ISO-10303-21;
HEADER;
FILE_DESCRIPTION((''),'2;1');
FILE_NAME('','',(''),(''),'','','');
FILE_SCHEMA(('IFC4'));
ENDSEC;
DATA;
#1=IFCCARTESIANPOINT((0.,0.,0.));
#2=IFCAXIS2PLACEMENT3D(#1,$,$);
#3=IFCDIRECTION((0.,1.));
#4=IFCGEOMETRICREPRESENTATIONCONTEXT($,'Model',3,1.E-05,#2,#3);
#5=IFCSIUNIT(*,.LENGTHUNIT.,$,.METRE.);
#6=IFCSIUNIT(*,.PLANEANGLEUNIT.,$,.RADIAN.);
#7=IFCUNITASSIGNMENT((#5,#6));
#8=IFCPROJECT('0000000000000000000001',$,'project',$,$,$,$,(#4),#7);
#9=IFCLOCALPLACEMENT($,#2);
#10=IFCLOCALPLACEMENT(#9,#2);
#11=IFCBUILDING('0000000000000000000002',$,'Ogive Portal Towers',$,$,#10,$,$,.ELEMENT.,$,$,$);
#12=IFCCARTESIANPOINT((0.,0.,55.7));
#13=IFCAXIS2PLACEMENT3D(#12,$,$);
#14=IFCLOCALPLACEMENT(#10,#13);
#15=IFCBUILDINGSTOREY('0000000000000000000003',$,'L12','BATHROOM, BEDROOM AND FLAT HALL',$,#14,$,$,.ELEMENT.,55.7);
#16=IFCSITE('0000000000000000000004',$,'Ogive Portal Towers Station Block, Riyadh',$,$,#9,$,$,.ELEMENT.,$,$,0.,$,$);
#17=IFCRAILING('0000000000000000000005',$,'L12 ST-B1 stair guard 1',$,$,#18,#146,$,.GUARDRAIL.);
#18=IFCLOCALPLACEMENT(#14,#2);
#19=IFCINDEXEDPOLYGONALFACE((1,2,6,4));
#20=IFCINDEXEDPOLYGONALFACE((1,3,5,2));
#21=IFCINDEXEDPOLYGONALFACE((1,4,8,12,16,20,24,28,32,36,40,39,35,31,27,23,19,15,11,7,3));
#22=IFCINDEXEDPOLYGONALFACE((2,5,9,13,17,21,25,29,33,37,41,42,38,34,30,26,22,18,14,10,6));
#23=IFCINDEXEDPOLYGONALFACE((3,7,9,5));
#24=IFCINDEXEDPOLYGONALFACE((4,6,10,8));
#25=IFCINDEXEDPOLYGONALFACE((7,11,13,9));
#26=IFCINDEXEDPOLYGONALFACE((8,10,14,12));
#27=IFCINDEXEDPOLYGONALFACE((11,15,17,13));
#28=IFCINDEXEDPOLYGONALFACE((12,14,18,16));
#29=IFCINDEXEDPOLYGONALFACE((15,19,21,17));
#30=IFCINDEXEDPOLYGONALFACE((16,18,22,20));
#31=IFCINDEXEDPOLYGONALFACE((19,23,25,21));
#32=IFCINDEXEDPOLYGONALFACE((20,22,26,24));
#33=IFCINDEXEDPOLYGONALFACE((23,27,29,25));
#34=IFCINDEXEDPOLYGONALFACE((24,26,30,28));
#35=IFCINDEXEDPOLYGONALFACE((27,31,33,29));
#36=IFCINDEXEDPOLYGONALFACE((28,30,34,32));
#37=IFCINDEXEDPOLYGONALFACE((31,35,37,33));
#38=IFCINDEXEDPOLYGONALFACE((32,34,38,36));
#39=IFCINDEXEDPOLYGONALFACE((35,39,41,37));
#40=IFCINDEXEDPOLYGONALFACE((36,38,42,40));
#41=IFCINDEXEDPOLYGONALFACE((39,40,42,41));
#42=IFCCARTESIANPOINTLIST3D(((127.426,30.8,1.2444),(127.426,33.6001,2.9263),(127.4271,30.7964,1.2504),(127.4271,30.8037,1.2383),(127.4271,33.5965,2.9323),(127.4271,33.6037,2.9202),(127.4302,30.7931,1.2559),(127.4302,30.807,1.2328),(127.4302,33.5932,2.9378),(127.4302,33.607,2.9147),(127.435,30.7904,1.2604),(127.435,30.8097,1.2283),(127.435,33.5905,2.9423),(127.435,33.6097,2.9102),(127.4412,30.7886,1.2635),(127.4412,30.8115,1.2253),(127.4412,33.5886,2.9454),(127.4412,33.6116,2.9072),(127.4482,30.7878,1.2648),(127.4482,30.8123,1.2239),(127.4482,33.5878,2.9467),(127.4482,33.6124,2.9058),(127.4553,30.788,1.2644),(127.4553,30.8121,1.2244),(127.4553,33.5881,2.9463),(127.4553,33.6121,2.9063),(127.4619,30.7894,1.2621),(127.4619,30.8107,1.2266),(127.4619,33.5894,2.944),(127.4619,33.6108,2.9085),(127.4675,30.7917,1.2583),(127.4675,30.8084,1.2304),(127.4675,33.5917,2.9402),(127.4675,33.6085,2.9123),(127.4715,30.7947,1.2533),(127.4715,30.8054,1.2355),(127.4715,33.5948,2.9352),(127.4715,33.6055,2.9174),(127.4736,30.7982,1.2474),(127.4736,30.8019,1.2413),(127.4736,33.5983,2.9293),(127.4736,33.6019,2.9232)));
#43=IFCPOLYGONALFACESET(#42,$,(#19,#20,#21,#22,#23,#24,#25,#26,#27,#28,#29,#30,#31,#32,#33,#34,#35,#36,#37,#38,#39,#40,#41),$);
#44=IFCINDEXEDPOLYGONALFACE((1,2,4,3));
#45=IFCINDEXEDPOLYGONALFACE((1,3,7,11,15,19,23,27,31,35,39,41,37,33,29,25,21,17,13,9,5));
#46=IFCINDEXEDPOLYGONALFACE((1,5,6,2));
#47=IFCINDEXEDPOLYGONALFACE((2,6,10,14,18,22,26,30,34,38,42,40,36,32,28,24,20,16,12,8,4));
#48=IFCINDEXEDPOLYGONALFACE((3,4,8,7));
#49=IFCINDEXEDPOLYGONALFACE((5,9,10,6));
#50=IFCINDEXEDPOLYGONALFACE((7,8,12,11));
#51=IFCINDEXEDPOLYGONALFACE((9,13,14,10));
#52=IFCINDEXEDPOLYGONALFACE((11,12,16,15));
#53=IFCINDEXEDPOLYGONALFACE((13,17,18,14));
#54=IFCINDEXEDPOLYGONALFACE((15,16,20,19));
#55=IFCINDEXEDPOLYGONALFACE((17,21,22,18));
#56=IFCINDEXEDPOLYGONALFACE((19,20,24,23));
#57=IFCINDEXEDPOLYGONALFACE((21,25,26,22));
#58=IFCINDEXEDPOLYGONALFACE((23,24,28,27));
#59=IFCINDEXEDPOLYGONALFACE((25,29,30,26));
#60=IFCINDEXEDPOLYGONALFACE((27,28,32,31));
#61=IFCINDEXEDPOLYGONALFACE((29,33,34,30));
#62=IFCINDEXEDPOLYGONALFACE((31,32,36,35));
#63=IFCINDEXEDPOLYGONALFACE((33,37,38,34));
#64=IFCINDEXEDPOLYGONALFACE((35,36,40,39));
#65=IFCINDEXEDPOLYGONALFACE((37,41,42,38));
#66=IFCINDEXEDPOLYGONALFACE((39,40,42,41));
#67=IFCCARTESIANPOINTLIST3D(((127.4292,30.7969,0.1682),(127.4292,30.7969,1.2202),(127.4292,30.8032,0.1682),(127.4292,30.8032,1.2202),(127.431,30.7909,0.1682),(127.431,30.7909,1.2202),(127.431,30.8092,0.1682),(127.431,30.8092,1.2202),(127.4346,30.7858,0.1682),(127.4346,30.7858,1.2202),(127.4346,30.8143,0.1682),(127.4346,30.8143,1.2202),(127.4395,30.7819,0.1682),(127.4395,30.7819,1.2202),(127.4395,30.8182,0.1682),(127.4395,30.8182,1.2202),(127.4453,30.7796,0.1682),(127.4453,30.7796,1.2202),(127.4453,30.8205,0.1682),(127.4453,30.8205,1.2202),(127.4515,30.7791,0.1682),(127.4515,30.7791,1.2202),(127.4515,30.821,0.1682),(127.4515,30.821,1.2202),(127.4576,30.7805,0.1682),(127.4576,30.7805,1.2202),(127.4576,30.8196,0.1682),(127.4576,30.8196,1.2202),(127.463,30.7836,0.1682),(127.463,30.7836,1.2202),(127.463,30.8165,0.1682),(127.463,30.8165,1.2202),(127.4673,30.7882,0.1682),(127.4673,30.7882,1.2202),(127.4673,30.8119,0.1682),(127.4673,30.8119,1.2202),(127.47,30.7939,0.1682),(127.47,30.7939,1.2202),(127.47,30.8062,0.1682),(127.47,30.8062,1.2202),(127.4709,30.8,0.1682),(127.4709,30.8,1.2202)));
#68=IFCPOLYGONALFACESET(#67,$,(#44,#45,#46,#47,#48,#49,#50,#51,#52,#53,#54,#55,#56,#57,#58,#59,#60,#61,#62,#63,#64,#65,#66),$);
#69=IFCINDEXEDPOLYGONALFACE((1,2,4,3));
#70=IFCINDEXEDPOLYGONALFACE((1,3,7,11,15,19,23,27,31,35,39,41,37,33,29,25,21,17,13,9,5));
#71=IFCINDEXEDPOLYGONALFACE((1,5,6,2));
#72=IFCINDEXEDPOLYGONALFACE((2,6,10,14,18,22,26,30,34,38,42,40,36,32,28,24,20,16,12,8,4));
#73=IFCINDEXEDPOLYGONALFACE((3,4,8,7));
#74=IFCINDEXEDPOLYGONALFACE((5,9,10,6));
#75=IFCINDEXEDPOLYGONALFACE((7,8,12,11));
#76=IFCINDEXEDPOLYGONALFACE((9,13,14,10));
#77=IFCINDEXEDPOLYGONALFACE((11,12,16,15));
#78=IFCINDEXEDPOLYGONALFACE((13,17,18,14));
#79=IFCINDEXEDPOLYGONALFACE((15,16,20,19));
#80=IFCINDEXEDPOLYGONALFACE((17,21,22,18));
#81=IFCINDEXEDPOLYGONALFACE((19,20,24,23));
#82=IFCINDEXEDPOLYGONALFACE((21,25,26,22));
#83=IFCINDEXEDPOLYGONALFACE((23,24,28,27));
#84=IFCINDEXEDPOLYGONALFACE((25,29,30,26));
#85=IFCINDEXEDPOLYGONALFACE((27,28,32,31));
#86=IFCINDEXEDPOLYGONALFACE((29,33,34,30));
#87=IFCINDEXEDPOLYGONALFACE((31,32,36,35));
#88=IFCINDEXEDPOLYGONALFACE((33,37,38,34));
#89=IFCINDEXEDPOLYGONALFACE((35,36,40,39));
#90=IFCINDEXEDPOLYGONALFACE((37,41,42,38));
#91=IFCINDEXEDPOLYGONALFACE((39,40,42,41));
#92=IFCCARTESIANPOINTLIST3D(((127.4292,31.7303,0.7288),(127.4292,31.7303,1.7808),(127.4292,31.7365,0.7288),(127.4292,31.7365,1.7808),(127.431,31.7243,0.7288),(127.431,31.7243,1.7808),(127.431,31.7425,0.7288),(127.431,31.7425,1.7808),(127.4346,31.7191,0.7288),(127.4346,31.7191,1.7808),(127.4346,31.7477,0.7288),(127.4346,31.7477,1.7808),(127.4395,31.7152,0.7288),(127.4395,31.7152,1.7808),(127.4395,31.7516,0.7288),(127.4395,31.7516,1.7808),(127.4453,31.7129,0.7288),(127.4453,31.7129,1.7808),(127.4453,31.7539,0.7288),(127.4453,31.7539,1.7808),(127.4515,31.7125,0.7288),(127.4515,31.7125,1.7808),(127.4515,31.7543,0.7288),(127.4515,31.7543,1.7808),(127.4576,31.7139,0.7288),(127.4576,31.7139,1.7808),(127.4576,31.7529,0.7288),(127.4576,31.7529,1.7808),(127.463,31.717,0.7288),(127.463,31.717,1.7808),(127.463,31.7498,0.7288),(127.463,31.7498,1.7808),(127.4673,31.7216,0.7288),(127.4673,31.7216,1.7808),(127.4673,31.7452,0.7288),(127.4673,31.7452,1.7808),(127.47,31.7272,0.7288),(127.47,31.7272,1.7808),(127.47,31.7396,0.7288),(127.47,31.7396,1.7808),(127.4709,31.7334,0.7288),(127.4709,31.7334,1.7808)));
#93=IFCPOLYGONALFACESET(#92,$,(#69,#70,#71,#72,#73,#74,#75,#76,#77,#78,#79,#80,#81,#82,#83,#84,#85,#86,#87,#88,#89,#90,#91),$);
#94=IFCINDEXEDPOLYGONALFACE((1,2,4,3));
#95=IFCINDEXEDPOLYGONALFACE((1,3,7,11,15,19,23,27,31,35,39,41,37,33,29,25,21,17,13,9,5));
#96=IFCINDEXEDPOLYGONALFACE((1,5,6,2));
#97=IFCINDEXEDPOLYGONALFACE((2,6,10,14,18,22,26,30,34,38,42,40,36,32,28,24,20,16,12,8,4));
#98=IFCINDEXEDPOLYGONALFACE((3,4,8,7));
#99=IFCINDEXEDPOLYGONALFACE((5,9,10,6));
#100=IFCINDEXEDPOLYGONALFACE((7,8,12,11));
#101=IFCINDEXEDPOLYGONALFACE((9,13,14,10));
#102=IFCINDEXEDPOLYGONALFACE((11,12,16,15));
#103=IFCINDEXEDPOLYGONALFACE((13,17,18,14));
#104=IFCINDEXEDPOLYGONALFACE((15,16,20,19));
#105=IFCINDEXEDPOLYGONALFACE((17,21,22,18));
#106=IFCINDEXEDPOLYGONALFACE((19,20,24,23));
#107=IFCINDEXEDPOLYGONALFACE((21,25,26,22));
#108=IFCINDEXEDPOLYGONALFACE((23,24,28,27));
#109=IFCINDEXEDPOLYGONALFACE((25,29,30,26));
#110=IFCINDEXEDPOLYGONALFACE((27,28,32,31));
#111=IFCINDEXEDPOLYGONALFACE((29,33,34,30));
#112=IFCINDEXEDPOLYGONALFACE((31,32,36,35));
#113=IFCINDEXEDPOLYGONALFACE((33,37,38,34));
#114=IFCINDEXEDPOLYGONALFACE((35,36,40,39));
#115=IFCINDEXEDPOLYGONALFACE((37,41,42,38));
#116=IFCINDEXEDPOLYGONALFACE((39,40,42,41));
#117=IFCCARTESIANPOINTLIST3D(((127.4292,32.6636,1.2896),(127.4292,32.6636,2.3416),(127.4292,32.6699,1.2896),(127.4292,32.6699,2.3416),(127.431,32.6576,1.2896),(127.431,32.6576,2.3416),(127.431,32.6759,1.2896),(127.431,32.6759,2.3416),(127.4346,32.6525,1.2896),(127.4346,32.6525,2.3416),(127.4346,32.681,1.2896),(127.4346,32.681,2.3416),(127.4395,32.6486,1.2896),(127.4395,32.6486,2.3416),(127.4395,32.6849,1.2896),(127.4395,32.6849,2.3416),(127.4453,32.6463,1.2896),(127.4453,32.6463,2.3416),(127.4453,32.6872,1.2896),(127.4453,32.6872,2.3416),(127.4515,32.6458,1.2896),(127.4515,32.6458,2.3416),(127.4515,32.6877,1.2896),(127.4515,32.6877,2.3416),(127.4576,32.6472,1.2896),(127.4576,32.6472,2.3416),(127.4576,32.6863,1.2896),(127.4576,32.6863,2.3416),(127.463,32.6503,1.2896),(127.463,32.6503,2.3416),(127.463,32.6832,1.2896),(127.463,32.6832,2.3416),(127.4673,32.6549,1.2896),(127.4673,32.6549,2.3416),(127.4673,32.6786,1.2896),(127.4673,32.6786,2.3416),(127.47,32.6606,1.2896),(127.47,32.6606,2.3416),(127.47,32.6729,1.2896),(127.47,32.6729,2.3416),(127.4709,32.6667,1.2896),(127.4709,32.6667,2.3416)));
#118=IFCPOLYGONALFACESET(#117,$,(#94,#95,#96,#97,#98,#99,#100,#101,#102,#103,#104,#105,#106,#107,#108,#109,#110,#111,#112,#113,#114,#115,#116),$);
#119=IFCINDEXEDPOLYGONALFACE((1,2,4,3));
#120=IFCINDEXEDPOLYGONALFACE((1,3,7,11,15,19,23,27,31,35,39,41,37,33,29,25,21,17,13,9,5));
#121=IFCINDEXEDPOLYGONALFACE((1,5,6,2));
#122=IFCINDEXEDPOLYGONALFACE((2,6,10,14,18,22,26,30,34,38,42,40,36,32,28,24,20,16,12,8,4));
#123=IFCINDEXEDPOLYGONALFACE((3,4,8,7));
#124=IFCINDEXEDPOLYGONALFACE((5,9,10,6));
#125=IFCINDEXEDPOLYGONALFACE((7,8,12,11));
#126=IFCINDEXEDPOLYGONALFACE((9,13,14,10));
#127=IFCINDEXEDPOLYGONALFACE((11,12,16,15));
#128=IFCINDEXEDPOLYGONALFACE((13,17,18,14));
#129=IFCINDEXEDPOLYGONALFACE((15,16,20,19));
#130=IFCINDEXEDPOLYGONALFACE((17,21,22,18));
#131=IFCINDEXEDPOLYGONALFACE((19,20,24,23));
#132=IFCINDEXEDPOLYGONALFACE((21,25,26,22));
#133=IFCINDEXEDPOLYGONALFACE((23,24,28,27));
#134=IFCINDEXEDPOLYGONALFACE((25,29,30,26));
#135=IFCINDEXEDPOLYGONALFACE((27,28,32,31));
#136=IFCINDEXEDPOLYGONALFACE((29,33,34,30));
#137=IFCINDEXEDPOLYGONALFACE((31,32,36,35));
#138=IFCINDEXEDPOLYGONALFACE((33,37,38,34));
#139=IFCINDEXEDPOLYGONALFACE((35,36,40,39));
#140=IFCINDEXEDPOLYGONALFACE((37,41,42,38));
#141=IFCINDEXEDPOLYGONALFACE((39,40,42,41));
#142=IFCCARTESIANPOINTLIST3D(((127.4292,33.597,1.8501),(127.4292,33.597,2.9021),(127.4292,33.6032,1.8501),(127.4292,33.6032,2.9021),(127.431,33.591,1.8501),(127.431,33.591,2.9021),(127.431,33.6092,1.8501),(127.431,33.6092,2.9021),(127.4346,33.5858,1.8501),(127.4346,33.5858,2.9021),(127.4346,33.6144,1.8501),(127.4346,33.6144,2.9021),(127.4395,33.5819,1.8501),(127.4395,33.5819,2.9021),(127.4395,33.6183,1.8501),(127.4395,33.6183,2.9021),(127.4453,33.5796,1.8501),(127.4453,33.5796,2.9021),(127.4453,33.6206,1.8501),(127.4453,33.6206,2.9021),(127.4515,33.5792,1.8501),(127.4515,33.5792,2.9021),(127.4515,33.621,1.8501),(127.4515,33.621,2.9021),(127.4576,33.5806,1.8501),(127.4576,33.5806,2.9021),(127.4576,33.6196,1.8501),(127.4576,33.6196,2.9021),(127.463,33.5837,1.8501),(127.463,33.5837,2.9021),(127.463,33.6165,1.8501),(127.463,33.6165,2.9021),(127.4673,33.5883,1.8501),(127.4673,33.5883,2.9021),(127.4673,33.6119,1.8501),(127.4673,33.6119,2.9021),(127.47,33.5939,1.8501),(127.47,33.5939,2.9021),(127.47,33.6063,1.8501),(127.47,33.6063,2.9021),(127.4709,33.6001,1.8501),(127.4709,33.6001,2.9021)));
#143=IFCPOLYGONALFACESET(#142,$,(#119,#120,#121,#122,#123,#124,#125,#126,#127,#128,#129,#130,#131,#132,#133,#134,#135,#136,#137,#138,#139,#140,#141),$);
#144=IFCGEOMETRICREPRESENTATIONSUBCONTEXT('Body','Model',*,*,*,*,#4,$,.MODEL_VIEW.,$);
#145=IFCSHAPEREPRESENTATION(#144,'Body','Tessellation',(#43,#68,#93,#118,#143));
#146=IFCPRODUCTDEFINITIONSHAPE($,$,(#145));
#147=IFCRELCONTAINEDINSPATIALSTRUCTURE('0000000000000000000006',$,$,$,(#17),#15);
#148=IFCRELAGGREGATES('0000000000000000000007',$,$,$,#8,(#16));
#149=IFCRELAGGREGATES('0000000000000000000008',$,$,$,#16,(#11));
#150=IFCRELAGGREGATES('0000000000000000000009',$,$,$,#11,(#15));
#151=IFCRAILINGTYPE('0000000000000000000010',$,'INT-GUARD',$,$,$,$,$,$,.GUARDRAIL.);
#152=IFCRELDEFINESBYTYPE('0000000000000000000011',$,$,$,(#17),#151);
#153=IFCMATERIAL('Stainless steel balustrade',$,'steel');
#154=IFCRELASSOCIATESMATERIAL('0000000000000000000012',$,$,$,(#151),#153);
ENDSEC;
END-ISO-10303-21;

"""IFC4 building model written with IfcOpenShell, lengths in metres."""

from ifc_helpers import new_model, si_unit, direction, frame, origin, origin_2d, place, context, subcontext, project, spatial, circle, extrude, material, type_object, element, save


model = new_model("IFC4")

# Units and contexts
model_context = context("Model", 3, precision=1e-05, world=origin(), true_north=direction((0.0, 1.0)))
body_context = subcontext(model_context, "Body", "Model", "MODEL_VIEW")
ifc_project = project(units=[si_unit("LENGTHUNIT", "METRE"), si_unit("PLANEANGLEUNIT", "RADIAN")], contexts=[model_context])

# Site, building, storey
site_placement = place(None, origin())
site = spatial("IfcSite", under=ifc_project, at=site_placement, Name="Ogive Portal Towers Station Block, Riyadh", CompositionType="ELEMENT", RefElevation=0.0)
building_placement = place(site_placement, origin())
building = spatial("IfcBuilding", under=site, at=building_placement, Name="Ogive Portal Towers", CompositionType="ELEMENT")
storey_placement = place(building_placement, frame((0.0, 0.0, 55.7)))
storey = spatial("IfcBuildingStorey", under=building, at=storey_placement, Name="L12", Description="BATHROOM, BEDROOM AND FLAT HALL", CompositionType="ELEMENT", Elevation=55.7)

# Railing
ifc_material_1 = material(Name="Stainless steel balustrade", Category="steel")
railing_type_1 = type_object("IfcRailingType", Name="INT-GUARD", PredefinedType="GUARDRAIL", material=ifc_material_1)
railing_1_placement = place(storey_placement, frame((127.45, 30.8, 0.1682)))
element("IfcRailing", 1, at=railing_1_placement, inside=storey, type_object=railing_type_1, Name="L12 ST-B1 stair guard 1", PredefinedType="GUARDRAIL", context=body_context, shape_type="SweptSolid", body=[
    extrude(circle(Radius=0.0239, at=origin_2d()), frame((0.0, 0.0, 1.0762), z_axis=(0.0, 0.857242, 0.514913), x_axis=(-1.0, 0.0, 0.0)), (0.0, 0.0, 1.0), 3.2664),
    extrude(circle(Radius=0.021, at=origin_2d()), origin(), (0.0, 0.0, 1.0), 1.052),
    extrude(circle(Radius=0.021, at=origin_2d()), frame((0.0, 0.9333, 0.5605)), (0.0, 0.0, 1.0), 1.052),
    extrude(circle(Radius=0.021, at=origin_2d()), frame((0.0, 1.8667, 1.1213)), (0.0, 0.0, 1.0), 1.052),
    extrude(circle(Radius=0.021, at=origin_2d()), frame((0.0, 2.8, 1.6819)), (0.0, 0.0, 1.0), 1.052),
])

save(model, "model.ifc")
